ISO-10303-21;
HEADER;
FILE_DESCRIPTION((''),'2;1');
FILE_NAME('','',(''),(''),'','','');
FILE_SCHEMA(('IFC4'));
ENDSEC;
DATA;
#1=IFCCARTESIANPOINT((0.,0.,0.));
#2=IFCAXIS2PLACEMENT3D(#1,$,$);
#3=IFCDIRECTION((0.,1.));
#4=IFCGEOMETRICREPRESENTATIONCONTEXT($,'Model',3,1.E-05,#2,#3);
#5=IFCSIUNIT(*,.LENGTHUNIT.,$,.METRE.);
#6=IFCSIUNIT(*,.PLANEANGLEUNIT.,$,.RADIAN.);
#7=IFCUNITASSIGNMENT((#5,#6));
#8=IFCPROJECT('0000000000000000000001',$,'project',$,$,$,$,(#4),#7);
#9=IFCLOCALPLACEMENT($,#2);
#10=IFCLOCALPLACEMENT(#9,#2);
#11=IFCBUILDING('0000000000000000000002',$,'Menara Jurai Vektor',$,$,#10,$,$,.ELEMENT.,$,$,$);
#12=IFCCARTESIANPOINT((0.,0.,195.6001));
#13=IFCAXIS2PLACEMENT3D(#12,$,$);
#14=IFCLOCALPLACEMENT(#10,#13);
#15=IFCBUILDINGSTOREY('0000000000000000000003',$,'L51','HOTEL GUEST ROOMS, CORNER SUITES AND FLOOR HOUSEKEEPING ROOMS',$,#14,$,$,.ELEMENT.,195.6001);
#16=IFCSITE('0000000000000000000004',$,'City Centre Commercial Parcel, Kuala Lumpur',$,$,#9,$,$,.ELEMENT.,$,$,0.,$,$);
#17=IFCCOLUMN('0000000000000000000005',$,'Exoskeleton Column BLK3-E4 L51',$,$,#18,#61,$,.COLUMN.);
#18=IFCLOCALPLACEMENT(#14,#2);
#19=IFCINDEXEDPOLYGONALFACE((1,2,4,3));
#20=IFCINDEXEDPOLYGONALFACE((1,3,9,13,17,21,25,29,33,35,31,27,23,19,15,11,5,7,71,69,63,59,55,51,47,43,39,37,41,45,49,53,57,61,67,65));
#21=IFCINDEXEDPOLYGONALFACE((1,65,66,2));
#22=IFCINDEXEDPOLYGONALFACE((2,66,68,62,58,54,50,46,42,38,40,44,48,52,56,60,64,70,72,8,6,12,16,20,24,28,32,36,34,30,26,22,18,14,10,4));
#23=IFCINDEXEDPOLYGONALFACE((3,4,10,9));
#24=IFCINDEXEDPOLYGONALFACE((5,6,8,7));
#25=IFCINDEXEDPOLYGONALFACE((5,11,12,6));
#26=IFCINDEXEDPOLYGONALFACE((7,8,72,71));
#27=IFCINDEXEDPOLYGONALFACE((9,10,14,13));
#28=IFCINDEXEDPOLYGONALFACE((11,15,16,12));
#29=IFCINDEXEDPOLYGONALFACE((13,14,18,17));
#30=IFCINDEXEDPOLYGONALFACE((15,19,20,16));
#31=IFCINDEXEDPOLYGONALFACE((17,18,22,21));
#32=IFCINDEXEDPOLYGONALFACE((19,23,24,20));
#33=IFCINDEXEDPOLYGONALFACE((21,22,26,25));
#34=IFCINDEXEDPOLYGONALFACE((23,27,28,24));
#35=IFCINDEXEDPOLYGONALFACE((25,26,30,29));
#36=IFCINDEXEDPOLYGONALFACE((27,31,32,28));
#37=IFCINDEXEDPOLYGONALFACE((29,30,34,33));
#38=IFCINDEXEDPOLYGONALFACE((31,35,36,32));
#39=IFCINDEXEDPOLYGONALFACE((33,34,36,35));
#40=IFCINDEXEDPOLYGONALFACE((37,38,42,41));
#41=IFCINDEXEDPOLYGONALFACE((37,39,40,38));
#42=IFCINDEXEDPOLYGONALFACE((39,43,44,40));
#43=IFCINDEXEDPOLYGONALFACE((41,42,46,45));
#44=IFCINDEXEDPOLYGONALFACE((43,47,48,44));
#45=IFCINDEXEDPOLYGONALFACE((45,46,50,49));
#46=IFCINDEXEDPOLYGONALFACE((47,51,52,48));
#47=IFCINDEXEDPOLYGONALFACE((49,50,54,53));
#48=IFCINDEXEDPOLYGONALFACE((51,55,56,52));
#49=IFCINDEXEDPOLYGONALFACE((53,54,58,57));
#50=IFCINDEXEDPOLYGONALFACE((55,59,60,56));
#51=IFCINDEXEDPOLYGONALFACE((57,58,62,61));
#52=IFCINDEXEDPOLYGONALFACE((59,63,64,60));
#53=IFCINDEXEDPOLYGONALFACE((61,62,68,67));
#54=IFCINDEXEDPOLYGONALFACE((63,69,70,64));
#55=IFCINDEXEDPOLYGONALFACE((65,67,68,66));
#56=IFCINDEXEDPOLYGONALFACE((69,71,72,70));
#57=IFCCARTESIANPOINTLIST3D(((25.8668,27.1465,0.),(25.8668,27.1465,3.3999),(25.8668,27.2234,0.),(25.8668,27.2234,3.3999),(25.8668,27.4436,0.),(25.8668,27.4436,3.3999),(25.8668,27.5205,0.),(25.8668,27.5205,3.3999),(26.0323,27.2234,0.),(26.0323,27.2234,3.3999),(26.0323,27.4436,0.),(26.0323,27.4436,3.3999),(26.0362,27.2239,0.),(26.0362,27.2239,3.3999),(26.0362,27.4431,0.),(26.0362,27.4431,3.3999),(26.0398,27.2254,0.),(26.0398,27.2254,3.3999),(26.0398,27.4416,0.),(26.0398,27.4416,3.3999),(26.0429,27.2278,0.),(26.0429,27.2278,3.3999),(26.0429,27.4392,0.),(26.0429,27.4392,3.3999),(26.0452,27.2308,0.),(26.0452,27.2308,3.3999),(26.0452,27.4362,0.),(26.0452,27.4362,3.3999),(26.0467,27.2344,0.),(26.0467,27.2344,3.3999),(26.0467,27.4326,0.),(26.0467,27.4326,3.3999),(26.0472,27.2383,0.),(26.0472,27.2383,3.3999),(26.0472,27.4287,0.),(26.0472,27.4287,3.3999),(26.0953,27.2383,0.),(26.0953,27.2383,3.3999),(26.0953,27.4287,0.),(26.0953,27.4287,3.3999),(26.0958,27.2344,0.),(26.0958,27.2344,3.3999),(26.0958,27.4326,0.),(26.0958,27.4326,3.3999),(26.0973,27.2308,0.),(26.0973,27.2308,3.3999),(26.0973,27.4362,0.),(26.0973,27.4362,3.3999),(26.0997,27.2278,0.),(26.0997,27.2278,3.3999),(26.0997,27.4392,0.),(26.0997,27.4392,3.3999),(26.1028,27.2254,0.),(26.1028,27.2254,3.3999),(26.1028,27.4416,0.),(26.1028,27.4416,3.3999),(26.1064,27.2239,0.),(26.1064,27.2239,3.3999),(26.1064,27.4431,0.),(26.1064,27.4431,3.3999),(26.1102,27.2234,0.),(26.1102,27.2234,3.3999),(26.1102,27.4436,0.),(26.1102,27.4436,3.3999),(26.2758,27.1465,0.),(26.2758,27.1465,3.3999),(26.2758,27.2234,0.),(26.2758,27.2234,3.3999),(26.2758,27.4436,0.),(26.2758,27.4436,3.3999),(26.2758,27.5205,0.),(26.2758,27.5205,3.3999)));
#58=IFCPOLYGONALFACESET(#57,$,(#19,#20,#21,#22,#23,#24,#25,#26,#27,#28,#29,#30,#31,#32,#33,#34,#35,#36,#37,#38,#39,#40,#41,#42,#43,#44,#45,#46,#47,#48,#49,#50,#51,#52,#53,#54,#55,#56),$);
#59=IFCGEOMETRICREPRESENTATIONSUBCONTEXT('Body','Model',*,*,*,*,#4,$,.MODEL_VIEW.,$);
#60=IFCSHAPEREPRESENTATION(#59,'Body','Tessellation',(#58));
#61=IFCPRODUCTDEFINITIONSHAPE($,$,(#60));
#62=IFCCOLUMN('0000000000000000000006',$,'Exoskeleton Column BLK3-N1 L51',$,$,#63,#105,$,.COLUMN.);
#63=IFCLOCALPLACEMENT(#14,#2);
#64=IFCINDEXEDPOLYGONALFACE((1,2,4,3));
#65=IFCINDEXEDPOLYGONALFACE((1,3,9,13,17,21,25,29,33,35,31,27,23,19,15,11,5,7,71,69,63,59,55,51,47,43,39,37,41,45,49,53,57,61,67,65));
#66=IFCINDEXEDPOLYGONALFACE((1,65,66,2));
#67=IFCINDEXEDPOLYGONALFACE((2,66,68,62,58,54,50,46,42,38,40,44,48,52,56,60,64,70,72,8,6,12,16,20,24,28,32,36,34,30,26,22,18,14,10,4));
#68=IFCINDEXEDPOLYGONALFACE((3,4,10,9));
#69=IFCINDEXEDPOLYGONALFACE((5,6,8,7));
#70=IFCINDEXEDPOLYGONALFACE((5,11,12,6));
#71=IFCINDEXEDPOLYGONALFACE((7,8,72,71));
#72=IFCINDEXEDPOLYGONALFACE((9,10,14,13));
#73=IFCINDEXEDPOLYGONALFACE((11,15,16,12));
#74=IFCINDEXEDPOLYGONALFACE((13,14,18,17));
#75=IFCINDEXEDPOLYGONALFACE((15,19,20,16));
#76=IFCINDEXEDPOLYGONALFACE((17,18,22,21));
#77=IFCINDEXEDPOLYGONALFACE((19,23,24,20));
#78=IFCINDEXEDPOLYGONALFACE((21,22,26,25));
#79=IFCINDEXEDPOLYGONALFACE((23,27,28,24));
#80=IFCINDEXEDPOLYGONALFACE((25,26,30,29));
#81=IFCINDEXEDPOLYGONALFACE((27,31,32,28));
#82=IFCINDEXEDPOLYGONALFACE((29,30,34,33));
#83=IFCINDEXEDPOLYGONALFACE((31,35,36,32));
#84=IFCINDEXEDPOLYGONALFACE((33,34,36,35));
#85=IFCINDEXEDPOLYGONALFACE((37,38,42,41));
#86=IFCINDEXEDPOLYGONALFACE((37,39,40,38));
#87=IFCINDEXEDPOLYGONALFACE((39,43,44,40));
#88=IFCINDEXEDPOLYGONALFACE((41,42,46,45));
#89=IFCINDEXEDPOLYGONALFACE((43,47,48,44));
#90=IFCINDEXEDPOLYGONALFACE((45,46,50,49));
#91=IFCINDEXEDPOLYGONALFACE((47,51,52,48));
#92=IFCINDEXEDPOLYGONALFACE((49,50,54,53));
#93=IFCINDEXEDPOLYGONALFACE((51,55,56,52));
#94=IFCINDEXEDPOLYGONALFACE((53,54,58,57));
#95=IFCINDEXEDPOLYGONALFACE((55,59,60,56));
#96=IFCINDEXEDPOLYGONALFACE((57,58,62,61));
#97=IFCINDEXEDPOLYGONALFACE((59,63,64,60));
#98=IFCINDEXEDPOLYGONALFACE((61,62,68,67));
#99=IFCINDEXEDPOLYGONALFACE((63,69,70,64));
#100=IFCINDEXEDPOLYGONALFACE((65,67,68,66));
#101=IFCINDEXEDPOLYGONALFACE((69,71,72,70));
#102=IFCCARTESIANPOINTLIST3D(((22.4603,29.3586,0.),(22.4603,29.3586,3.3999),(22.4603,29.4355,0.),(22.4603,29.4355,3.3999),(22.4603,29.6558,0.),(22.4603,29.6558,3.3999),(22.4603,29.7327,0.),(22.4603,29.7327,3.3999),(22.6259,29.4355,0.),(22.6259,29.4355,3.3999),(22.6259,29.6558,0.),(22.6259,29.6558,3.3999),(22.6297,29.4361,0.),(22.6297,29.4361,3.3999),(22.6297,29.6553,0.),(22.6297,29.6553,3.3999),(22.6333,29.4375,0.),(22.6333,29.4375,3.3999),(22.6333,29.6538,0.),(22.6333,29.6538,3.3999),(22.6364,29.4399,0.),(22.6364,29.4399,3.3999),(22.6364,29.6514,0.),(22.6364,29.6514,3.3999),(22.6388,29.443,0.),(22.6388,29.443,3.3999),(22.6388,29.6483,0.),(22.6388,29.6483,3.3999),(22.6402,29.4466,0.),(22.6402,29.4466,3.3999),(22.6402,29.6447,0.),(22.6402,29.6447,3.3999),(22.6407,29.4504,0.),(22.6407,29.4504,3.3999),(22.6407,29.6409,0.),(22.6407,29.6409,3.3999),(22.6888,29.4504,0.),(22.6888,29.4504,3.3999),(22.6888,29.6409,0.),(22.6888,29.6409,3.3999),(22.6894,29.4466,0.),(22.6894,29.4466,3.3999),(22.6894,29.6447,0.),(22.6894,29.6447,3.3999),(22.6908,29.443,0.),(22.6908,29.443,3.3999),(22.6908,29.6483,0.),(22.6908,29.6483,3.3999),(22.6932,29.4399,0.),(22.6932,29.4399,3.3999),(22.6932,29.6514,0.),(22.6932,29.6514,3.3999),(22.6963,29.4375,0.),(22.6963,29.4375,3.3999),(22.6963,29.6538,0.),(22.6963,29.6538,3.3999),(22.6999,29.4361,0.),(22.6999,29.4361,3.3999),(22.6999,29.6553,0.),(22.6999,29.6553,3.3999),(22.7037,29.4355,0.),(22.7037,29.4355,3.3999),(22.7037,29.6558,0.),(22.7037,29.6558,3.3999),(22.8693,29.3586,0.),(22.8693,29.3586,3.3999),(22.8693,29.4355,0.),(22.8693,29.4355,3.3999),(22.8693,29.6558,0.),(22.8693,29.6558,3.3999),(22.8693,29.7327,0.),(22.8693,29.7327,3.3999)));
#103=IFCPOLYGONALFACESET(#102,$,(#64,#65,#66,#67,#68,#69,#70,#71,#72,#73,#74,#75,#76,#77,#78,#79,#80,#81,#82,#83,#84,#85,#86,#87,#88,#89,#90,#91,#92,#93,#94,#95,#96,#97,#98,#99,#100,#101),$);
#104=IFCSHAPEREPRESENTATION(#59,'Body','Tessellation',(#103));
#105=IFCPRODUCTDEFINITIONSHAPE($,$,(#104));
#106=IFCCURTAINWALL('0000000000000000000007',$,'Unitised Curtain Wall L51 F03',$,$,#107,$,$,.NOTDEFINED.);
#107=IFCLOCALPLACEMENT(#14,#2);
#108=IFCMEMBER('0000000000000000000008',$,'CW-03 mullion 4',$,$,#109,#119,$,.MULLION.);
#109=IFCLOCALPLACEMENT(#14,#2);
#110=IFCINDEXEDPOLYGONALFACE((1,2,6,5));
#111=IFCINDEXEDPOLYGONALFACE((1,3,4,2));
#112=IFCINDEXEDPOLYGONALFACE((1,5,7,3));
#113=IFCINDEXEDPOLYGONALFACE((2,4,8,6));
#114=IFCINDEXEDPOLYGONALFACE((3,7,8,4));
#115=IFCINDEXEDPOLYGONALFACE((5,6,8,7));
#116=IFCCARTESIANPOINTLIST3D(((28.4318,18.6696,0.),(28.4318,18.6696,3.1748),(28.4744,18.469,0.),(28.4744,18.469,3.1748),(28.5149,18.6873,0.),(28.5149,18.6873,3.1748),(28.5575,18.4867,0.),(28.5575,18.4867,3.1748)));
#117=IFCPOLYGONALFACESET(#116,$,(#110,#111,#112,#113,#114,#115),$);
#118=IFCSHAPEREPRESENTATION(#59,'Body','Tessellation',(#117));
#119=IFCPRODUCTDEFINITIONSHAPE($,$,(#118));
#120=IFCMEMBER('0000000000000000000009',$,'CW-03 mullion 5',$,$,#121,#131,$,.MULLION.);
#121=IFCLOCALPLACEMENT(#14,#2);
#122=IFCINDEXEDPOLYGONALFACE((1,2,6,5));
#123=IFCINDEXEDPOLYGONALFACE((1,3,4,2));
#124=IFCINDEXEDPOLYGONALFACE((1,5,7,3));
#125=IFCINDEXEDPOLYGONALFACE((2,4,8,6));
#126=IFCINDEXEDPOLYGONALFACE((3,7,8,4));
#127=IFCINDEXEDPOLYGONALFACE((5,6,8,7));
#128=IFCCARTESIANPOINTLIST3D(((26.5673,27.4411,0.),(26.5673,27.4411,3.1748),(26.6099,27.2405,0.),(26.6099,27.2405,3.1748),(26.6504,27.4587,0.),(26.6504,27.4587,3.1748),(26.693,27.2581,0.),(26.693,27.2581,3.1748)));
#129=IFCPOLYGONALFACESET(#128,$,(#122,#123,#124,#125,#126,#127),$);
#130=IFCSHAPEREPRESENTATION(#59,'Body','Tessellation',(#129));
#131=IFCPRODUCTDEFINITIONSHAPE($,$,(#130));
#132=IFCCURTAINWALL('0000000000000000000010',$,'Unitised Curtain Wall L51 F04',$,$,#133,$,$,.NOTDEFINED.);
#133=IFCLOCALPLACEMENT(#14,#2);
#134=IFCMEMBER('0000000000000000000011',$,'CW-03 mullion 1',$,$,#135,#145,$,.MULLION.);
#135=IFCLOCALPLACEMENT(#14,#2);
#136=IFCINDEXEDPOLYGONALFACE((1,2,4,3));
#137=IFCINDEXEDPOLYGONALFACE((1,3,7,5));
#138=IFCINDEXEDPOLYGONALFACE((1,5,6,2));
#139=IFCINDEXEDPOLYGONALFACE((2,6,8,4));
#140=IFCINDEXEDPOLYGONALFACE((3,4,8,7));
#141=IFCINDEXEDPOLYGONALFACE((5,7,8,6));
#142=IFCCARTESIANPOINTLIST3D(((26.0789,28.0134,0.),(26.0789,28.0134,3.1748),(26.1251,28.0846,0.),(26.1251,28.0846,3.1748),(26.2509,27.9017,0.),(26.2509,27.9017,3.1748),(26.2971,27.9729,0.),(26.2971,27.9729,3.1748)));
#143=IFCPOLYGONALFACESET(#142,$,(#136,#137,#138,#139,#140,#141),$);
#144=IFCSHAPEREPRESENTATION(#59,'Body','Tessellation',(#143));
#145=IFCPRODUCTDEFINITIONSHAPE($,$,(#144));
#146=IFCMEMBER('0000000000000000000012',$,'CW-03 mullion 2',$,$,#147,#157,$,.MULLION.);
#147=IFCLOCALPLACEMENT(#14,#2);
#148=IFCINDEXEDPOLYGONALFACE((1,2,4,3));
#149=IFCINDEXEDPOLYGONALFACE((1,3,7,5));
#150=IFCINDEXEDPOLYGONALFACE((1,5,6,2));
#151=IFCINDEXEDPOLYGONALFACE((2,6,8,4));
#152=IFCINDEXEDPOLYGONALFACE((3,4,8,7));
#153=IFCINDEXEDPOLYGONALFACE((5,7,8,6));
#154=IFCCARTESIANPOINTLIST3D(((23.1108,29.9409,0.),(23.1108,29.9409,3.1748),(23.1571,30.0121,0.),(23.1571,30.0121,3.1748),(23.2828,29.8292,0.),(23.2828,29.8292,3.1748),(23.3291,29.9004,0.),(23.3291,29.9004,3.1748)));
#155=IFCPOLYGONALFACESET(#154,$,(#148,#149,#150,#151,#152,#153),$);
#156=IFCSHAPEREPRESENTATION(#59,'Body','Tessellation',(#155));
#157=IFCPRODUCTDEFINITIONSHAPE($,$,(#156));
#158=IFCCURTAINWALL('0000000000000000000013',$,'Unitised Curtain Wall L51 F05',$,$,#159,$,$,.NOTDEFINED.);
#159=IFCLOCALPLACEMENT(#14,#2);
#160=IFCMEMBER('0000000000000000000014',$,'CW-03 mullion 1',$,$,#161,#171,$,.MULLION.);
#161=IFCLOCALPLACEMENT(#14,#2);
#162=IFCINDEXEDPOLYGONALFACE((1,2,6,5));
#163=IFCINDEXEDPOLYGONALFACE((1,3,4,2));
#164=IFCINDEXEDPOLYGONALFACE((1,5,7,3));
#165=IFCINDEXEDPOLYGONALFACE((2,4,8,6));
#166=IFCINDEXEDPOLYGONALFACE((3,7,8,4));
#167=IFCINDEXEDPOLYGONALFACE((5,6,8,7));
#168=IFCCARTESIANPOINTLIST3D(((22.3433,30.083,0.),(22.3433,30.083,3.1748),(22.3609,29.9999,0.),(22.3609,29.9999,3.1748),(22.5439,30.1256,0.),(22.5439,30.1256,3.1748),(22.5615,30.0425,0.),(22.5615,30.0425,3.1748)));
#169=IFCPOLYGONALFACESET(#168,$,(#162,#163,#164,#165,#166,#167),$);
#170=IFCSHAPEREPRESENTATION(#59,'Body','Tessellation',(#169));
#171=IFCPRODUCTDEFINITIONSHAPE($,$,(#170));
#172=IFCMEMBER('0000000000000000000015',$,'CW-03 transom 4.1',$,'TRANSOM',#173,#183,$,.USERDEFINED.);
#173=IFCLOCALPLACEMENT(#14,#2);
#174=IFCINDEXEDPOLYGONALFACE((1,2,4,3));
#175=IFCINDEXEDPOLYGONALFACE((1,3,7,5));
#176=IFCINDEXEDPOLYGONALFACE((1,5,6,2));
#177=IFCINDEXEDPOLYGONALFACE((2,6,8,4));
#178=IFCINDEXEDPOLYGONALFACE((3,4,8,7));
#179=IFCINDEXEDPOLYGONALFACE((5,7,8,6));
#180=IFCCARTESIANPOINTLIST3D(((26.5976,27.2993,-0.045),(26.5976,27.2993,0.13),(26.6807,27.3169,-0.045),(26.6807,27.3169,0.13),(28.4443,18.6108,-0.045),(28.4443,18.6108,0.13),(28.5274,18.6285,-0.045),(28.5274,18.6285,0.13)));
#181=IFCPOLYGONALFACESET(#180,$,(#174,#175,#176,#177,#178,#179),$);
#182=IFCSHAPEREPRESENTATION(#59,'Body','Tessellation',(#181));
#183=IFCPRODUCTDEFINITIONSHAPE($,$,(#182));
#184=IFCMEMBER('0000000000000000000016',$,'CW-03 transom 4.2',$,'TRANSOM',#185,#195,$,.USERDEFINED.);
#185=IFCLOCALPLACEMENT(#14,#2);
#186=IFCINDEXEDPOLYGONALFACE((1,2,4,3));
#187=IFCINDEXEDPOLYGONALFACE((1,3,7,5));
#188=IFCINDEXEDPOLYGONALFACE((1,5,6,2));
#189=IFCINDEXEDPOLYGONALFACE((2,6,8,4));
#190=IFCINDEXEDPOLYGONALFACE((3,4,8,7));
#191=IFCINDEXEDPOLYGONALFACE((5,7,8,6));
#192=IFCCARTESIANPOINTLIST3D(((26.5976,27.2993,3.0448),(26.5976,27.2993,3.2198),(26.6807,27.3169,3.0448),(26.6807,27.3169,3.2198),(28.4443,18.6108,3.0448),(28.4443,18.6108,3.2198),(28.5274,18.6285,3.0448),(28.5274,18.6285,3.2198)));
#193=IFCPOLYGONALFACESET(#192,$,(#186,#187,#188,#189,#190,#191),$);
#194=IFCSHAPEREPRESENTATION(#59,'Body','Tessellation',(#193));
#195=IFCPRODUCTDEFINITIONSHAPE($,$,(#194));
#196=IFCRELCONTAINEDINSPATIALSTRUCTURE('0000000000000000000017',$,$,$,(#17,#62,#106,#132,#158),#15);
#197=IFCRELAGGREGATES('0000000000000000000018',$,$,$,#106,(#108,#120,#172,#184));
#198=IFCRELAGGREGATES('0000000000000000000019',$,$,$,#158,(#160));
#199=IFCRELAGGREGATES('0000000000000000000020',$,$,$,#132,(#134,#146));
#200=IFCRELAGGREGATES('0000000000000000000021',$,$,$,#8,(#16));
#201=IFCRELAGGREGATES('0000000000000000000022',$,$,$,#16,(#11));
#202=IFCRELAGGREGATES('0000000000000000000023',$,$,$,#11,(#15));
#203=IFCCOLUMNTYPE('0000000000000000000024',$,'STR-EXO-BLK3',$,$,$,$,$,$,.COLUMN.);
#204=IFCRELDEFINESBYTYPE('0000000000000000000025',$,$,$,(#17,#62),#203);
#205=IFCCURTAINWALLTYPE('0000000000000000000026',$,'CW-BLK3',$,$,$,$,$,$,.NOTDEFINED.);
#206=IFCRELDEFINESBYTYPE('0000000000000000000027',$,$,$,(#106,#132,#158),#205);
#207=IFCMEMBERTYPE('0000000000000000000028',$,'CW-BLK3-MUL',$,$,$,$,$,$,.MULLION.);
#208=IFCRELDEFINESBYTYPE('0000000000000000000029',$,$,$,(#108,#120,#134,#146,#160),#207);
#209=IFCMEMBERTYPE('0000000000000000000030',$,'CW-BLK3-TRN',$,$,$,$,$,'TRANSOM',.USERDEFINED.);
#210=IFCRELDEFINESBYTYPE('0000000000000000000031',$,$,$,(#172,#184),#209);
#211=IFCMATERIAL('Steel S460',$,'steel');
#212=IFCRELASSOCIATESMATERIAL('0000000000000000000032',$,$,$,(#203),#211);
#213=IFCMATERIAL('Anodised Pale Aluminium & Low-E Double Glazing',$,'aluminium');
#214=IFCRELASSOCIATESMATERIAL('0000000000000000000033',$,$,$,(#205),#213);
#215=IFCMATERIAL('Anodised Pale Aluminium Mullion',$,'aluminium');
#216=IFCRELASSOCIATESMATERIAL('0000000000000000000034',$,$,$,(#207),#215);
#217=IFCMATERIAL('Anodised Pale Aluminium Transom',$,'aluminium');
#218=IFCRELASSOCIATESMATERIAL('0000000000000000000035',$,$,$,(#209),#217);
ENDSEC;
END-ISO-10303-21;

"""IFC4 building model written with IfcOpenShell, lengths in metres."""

from ifc_helpers import new_model, si_unit, direction, frame, origin, origin_2d, place, context, subcontext, project, spatial, rectangle, i_section, extrude, material, material_profile, profile_set, type_object, element, aggregate, save


model = new_model("IFC4")

# Units and contexts
model_context = context("Model", 3, precision=1e-05, world=origin(), true_north=direction((0.0, 1.0)))
body_context = subcontext(model_context, "Body", "Model", "MODEL_VIEW")
ifc_project = project(units=[si_unit("LENGTHUNIT", "METRE"), si_unit("PLANEANGLEUNIT", "RADIAN")], contexts=[model_context])

# Site, building, storey
site_placement = place(None, origin())
site = spatial("IfcSite", under=ifc_project, at=site_placement, Name="City Centre Commercial Parcel, Kuala Lumpur", CompositionType="ELEMENT", RefElevation=0.0)
building_placement = place(site_placement, origin())
building = spatial("IfcBuilding", under=site, at=building_placement, Name="Menara Jurai Vektor", CompositionType="ELEMENT")
storey_placement = place(building_placement, frame((0.0, 0.0, 195.6001)))
storey = spatial("IfcBuildingStorey", under=building, at=storey_placement, Name="L51", Description="HOTEL GUEST ROOMS, CORNER SUITES AND FLOOR HOUSEKEEPING ROOMS", CompositionType="ELEMENT", Elevation=195.6001)

# Columns
ifc_material_1 = material(Name="Steel S460", Category="steel")
ifc_material_profile_1 = material_profile(ifc_material_1, i_section(OverallWidth=0.4089, OverallDepth=0.374, WebThickness=0.0481, FlangeThickness=0.0769, FilletRadius=0.0149, at=origin_2d()), Name="HD 400x634")
ifc_profile_set_1 = profile_set([ifc_material_profile_1], Name="Steel S460")
column_type = type_object("IfcColumnType", Name="STR-EXO-BLK3", PredefinedType="COLUMN", material=ifc_profile_set_1)
for number, where, z_axis, x_axis, name in (
    (1, (26.0713, 27.3335, 0.0), (0.0, 0.0, 1.0), (1.0, 0.0, 0.0), "Exoskeleton Column BLK3-E4 L51"),
    (2, (22.6648, 29.5457, 0.0), (0.0, 0.0, 1.0), (1.0, 0.0, 0.0), "Exoskeleton Column BLK3-N1 L51"),
):
    element("IfcColumn", number, at=place(storey_placement, frame(where, z_axis=z_axis, x_axis=x_axis)), inside=storey, type_object=column_type, Name=name, PredefinedType="COLUMN", context=body_context, shape_type="SweptSolid", body=[
        extrude(i_section(OverallWidth=0.4089, OverallDepth=0.374, WebThickness=0.0481, FlangeThickness=0.0769, FilletRadius=0.0149, at=origin_2d()), origin(), (0.0, 0.0, 1.0), 3.3999),
    ])

# Curtain walls, members
ifc_material_2 = material(Name="Anodised Pale Aluminium & Low-E Double Glazing", Category="aluminium")
curtain_wall_type = type_object("IfcCurtainWallType", Name="CW-BLK3", PredefinedType="NOTDEFINED", material=ifc_material_2)
curtain_wall_1_placement = place(storey_placement, origin())
curtain_wall_1 = element("IfcCurtainWall", 3, at=curtain_wall_1_placement, inside=storey, type_object=curtain_wall_type, Name="Unitised Curtain Wall L51 F03", PredefinedType="NOTDEFINED")
ifc_material_3 = material(Name="Anodised Pale Aluminium Mullion", Category="aluminium")
ifc_material_profile_2 = material_profile(ifc_material_3, rectangle(XDim=0.085, YDim=0.2051, at=origin_2d()), Name="ALU MUL 85x205")
ifc_profile_set_2 = profile_set([ifc_material_profile_2], Name="Anodised Pale Aluminium Mullion")
member_type_1 = type_object("IfcMemberType", Name="CW-BLK3-MUL", PredefinedType="MULLION", material=ifc_profile_set_2)
member_1_placement = place(storey_placement, frame((28.4946, 18.5781, 0.0), z_axis=(0.0, 0.0, 1.0), x_axis=(-0.978148, -0.20791, 0.0)))
member_1 = element("IfcMember", 4, at=member_1_placement, type_object=member_type_1, Name="CW-03 mullion 4", PredefinedType="MULLION", context=body_context, shape_type="SweptSolid", body=[
    extrude(rectangle(XDim=0.085, YDim=0.2051, at=origin_2d()), origin(), (0.0, 0.0, 1.0), 3.1748),
])
member_2_placement = place(storey_placement, frame((26.6301, 27.3496, 0.0), z_axis=(0.0, 0.0, 1.0), x_axis=(-0.978148, -0.20791, 0.0)))
member_2 = element("IfcMember", 5, at=member_2_placement, type_object=member_type_1, Name="CW-03 mullion 5", PredefinedType="MULLION", context=body_context, shape_type="SweptSolid", body=[
    extrude(rectangle(XDim=0.085, YDim=0.2051, at=origin_2d()), origin(), (0.0, 0.0, 1.0), 3.1748),
])
curtain_wall_2_placement = place(storey_placement, origin())
curtain_wall_2 = element("IfcCurtainWall", 6, at=curtain_wall_2_placement, inside=storey, type_object=curtain_wall_type, Name="Unitised Curtain Wall L51 F04", PredefinedType="NOTDEFINED")
member_3_placement = place(storey_placement, frame((26.188, 27.9932, 0.0), z_axis=(0.0, 0.0, 1.0), x_axis=(-0.544618, -0.838684, 0.0)))
member_3 = element("IfcMember", 7, at=member_3_placement, type_object=member_type_1, Name="CW-03 mullion 1", PredefinedType="MULLION", context=body_context, shape_type="SweptSolid", body=[
    extrude(rectangle(XDim=0.085, YDim=0.2051, at=origin_2d()), origin(), (0.0, 0.0, 1.0), 3.1748),
])
member_4_placement = place(storey_placement, frame((23.22, 29.9207, 0.0), z_axis=(0.0, 0.0, 1.0), x_axis=(-0.544618, -0.838684, 0.0)))
member_4 = element("IfcMember", 8, at=member_4_placement, type_object=member_type_1, Name="CW-03 mullion 2", PredefinedType="MULLION", context=body_context, shape_type="SweptSolid", body=[
    extrude(rectangle(XDim=0.085, YDim=0.2051, at=origin_2d()), origin(), (0.0, 0.0, 1.0), 3.1748),
])

# Curtain wall, member
curtain_wall_3_placement = place(storey_placement, origin())
curtain_wall_3 = element("IfcCurtainWall", 9, at=curtain_wall_3_placement, inside=storey, type_object=curtain_wall_type, Name="Unitised Curtain Wall L51 F05", PredefinedType="NOTDEFINED")
member_5_placement = place(storey_placement, frame((22.4524, 30.0627, 0.0), z_axis=(0.0, 0.0, 1.0), x_axis=(0.207911, -0.978148, 0.0)))
member_5 = element("IfcMember", 10, at=member_5_placement, type_object=member_type_1, Name="CW-03 mullion 1", PredefinedType="MULLION", context=body_context, shape_type="SweptSolid", body=[
    extrude(rectangle(XDim=0.085, YDim=0.2051, at=origin_2d()), origin(), (0.0, 0.0, 1.0), 3.1748),
])

# Members
ifc_material_4 = material(Name="Anodised Pale Aluminium Transom", Category="aluminium")
ifc_material_profile_3 = material_profile(ifc_material_4, rectangle(XDim=0.085, YDim=0.175, at=origin_2d()), Name="ALU TRN 85x175")
ifc_profile_set_3 = profile_set([ifc_material_profile_3], Name="Anodised Pale Aluminium Transom")
member_type_2 = type_object("IfcMemberType", Name="CW-BLK3-TRN", ElementType="TRANSOM", PredefinedType="USERDEFINED", material=ifc_profile_set_3)
member_6_placement = place(storey_placement, frame((28.4858, 18.6196, 0.0425), z_axis=(-0.2079, 0.97815, 0.0), x_axis=(-0.97815, -0.2079, 0.0)))
member_6 = element("IfcMember", 11, at=member_6_placement, type_object=member_type_2, Name="CW-03 transom 4.1", ObjectType="TRANSOM", PredefinedType="USERDEFINED", context=body_context, shape_type="SweptSolid", body=[
    extrude(rectangle(XDim=0.085, YDim=0.175, at=origin_2d()), origin(), (0.0, 0.0, 1.0), 8.8826),
])
member_7_placement = place(storey_placement, frame((28.4858, 18.6196, 3.1323), z_axis=(-0.2079, 0.97815, 0.0), x_axis=(-0.97815, -0.2079, 0.0)))
member_7 = element("IfcMember", 12, at=member_7_placement, type_object=member_type_2, Name="CW-03 transom 4.2", ObjectType="TRANSOM", PredefinedType="USERDEFINED", context=body_context, shape_type="SweptSolid", body=[
    extrude(rectangle(XDim=0.085, YDim=0.175, at=origin_2d()), origin(), (0.0, 0.0, 1.0), 8.8826),
])

aggregate(curtain_wall_1, [member_1, member_2, member_6, member_7])
aggregate(curtain_wall_3, [member_5])
aggregate(curtain_wall_2, [member_3, member_4])

save(model, "model.ifc")
